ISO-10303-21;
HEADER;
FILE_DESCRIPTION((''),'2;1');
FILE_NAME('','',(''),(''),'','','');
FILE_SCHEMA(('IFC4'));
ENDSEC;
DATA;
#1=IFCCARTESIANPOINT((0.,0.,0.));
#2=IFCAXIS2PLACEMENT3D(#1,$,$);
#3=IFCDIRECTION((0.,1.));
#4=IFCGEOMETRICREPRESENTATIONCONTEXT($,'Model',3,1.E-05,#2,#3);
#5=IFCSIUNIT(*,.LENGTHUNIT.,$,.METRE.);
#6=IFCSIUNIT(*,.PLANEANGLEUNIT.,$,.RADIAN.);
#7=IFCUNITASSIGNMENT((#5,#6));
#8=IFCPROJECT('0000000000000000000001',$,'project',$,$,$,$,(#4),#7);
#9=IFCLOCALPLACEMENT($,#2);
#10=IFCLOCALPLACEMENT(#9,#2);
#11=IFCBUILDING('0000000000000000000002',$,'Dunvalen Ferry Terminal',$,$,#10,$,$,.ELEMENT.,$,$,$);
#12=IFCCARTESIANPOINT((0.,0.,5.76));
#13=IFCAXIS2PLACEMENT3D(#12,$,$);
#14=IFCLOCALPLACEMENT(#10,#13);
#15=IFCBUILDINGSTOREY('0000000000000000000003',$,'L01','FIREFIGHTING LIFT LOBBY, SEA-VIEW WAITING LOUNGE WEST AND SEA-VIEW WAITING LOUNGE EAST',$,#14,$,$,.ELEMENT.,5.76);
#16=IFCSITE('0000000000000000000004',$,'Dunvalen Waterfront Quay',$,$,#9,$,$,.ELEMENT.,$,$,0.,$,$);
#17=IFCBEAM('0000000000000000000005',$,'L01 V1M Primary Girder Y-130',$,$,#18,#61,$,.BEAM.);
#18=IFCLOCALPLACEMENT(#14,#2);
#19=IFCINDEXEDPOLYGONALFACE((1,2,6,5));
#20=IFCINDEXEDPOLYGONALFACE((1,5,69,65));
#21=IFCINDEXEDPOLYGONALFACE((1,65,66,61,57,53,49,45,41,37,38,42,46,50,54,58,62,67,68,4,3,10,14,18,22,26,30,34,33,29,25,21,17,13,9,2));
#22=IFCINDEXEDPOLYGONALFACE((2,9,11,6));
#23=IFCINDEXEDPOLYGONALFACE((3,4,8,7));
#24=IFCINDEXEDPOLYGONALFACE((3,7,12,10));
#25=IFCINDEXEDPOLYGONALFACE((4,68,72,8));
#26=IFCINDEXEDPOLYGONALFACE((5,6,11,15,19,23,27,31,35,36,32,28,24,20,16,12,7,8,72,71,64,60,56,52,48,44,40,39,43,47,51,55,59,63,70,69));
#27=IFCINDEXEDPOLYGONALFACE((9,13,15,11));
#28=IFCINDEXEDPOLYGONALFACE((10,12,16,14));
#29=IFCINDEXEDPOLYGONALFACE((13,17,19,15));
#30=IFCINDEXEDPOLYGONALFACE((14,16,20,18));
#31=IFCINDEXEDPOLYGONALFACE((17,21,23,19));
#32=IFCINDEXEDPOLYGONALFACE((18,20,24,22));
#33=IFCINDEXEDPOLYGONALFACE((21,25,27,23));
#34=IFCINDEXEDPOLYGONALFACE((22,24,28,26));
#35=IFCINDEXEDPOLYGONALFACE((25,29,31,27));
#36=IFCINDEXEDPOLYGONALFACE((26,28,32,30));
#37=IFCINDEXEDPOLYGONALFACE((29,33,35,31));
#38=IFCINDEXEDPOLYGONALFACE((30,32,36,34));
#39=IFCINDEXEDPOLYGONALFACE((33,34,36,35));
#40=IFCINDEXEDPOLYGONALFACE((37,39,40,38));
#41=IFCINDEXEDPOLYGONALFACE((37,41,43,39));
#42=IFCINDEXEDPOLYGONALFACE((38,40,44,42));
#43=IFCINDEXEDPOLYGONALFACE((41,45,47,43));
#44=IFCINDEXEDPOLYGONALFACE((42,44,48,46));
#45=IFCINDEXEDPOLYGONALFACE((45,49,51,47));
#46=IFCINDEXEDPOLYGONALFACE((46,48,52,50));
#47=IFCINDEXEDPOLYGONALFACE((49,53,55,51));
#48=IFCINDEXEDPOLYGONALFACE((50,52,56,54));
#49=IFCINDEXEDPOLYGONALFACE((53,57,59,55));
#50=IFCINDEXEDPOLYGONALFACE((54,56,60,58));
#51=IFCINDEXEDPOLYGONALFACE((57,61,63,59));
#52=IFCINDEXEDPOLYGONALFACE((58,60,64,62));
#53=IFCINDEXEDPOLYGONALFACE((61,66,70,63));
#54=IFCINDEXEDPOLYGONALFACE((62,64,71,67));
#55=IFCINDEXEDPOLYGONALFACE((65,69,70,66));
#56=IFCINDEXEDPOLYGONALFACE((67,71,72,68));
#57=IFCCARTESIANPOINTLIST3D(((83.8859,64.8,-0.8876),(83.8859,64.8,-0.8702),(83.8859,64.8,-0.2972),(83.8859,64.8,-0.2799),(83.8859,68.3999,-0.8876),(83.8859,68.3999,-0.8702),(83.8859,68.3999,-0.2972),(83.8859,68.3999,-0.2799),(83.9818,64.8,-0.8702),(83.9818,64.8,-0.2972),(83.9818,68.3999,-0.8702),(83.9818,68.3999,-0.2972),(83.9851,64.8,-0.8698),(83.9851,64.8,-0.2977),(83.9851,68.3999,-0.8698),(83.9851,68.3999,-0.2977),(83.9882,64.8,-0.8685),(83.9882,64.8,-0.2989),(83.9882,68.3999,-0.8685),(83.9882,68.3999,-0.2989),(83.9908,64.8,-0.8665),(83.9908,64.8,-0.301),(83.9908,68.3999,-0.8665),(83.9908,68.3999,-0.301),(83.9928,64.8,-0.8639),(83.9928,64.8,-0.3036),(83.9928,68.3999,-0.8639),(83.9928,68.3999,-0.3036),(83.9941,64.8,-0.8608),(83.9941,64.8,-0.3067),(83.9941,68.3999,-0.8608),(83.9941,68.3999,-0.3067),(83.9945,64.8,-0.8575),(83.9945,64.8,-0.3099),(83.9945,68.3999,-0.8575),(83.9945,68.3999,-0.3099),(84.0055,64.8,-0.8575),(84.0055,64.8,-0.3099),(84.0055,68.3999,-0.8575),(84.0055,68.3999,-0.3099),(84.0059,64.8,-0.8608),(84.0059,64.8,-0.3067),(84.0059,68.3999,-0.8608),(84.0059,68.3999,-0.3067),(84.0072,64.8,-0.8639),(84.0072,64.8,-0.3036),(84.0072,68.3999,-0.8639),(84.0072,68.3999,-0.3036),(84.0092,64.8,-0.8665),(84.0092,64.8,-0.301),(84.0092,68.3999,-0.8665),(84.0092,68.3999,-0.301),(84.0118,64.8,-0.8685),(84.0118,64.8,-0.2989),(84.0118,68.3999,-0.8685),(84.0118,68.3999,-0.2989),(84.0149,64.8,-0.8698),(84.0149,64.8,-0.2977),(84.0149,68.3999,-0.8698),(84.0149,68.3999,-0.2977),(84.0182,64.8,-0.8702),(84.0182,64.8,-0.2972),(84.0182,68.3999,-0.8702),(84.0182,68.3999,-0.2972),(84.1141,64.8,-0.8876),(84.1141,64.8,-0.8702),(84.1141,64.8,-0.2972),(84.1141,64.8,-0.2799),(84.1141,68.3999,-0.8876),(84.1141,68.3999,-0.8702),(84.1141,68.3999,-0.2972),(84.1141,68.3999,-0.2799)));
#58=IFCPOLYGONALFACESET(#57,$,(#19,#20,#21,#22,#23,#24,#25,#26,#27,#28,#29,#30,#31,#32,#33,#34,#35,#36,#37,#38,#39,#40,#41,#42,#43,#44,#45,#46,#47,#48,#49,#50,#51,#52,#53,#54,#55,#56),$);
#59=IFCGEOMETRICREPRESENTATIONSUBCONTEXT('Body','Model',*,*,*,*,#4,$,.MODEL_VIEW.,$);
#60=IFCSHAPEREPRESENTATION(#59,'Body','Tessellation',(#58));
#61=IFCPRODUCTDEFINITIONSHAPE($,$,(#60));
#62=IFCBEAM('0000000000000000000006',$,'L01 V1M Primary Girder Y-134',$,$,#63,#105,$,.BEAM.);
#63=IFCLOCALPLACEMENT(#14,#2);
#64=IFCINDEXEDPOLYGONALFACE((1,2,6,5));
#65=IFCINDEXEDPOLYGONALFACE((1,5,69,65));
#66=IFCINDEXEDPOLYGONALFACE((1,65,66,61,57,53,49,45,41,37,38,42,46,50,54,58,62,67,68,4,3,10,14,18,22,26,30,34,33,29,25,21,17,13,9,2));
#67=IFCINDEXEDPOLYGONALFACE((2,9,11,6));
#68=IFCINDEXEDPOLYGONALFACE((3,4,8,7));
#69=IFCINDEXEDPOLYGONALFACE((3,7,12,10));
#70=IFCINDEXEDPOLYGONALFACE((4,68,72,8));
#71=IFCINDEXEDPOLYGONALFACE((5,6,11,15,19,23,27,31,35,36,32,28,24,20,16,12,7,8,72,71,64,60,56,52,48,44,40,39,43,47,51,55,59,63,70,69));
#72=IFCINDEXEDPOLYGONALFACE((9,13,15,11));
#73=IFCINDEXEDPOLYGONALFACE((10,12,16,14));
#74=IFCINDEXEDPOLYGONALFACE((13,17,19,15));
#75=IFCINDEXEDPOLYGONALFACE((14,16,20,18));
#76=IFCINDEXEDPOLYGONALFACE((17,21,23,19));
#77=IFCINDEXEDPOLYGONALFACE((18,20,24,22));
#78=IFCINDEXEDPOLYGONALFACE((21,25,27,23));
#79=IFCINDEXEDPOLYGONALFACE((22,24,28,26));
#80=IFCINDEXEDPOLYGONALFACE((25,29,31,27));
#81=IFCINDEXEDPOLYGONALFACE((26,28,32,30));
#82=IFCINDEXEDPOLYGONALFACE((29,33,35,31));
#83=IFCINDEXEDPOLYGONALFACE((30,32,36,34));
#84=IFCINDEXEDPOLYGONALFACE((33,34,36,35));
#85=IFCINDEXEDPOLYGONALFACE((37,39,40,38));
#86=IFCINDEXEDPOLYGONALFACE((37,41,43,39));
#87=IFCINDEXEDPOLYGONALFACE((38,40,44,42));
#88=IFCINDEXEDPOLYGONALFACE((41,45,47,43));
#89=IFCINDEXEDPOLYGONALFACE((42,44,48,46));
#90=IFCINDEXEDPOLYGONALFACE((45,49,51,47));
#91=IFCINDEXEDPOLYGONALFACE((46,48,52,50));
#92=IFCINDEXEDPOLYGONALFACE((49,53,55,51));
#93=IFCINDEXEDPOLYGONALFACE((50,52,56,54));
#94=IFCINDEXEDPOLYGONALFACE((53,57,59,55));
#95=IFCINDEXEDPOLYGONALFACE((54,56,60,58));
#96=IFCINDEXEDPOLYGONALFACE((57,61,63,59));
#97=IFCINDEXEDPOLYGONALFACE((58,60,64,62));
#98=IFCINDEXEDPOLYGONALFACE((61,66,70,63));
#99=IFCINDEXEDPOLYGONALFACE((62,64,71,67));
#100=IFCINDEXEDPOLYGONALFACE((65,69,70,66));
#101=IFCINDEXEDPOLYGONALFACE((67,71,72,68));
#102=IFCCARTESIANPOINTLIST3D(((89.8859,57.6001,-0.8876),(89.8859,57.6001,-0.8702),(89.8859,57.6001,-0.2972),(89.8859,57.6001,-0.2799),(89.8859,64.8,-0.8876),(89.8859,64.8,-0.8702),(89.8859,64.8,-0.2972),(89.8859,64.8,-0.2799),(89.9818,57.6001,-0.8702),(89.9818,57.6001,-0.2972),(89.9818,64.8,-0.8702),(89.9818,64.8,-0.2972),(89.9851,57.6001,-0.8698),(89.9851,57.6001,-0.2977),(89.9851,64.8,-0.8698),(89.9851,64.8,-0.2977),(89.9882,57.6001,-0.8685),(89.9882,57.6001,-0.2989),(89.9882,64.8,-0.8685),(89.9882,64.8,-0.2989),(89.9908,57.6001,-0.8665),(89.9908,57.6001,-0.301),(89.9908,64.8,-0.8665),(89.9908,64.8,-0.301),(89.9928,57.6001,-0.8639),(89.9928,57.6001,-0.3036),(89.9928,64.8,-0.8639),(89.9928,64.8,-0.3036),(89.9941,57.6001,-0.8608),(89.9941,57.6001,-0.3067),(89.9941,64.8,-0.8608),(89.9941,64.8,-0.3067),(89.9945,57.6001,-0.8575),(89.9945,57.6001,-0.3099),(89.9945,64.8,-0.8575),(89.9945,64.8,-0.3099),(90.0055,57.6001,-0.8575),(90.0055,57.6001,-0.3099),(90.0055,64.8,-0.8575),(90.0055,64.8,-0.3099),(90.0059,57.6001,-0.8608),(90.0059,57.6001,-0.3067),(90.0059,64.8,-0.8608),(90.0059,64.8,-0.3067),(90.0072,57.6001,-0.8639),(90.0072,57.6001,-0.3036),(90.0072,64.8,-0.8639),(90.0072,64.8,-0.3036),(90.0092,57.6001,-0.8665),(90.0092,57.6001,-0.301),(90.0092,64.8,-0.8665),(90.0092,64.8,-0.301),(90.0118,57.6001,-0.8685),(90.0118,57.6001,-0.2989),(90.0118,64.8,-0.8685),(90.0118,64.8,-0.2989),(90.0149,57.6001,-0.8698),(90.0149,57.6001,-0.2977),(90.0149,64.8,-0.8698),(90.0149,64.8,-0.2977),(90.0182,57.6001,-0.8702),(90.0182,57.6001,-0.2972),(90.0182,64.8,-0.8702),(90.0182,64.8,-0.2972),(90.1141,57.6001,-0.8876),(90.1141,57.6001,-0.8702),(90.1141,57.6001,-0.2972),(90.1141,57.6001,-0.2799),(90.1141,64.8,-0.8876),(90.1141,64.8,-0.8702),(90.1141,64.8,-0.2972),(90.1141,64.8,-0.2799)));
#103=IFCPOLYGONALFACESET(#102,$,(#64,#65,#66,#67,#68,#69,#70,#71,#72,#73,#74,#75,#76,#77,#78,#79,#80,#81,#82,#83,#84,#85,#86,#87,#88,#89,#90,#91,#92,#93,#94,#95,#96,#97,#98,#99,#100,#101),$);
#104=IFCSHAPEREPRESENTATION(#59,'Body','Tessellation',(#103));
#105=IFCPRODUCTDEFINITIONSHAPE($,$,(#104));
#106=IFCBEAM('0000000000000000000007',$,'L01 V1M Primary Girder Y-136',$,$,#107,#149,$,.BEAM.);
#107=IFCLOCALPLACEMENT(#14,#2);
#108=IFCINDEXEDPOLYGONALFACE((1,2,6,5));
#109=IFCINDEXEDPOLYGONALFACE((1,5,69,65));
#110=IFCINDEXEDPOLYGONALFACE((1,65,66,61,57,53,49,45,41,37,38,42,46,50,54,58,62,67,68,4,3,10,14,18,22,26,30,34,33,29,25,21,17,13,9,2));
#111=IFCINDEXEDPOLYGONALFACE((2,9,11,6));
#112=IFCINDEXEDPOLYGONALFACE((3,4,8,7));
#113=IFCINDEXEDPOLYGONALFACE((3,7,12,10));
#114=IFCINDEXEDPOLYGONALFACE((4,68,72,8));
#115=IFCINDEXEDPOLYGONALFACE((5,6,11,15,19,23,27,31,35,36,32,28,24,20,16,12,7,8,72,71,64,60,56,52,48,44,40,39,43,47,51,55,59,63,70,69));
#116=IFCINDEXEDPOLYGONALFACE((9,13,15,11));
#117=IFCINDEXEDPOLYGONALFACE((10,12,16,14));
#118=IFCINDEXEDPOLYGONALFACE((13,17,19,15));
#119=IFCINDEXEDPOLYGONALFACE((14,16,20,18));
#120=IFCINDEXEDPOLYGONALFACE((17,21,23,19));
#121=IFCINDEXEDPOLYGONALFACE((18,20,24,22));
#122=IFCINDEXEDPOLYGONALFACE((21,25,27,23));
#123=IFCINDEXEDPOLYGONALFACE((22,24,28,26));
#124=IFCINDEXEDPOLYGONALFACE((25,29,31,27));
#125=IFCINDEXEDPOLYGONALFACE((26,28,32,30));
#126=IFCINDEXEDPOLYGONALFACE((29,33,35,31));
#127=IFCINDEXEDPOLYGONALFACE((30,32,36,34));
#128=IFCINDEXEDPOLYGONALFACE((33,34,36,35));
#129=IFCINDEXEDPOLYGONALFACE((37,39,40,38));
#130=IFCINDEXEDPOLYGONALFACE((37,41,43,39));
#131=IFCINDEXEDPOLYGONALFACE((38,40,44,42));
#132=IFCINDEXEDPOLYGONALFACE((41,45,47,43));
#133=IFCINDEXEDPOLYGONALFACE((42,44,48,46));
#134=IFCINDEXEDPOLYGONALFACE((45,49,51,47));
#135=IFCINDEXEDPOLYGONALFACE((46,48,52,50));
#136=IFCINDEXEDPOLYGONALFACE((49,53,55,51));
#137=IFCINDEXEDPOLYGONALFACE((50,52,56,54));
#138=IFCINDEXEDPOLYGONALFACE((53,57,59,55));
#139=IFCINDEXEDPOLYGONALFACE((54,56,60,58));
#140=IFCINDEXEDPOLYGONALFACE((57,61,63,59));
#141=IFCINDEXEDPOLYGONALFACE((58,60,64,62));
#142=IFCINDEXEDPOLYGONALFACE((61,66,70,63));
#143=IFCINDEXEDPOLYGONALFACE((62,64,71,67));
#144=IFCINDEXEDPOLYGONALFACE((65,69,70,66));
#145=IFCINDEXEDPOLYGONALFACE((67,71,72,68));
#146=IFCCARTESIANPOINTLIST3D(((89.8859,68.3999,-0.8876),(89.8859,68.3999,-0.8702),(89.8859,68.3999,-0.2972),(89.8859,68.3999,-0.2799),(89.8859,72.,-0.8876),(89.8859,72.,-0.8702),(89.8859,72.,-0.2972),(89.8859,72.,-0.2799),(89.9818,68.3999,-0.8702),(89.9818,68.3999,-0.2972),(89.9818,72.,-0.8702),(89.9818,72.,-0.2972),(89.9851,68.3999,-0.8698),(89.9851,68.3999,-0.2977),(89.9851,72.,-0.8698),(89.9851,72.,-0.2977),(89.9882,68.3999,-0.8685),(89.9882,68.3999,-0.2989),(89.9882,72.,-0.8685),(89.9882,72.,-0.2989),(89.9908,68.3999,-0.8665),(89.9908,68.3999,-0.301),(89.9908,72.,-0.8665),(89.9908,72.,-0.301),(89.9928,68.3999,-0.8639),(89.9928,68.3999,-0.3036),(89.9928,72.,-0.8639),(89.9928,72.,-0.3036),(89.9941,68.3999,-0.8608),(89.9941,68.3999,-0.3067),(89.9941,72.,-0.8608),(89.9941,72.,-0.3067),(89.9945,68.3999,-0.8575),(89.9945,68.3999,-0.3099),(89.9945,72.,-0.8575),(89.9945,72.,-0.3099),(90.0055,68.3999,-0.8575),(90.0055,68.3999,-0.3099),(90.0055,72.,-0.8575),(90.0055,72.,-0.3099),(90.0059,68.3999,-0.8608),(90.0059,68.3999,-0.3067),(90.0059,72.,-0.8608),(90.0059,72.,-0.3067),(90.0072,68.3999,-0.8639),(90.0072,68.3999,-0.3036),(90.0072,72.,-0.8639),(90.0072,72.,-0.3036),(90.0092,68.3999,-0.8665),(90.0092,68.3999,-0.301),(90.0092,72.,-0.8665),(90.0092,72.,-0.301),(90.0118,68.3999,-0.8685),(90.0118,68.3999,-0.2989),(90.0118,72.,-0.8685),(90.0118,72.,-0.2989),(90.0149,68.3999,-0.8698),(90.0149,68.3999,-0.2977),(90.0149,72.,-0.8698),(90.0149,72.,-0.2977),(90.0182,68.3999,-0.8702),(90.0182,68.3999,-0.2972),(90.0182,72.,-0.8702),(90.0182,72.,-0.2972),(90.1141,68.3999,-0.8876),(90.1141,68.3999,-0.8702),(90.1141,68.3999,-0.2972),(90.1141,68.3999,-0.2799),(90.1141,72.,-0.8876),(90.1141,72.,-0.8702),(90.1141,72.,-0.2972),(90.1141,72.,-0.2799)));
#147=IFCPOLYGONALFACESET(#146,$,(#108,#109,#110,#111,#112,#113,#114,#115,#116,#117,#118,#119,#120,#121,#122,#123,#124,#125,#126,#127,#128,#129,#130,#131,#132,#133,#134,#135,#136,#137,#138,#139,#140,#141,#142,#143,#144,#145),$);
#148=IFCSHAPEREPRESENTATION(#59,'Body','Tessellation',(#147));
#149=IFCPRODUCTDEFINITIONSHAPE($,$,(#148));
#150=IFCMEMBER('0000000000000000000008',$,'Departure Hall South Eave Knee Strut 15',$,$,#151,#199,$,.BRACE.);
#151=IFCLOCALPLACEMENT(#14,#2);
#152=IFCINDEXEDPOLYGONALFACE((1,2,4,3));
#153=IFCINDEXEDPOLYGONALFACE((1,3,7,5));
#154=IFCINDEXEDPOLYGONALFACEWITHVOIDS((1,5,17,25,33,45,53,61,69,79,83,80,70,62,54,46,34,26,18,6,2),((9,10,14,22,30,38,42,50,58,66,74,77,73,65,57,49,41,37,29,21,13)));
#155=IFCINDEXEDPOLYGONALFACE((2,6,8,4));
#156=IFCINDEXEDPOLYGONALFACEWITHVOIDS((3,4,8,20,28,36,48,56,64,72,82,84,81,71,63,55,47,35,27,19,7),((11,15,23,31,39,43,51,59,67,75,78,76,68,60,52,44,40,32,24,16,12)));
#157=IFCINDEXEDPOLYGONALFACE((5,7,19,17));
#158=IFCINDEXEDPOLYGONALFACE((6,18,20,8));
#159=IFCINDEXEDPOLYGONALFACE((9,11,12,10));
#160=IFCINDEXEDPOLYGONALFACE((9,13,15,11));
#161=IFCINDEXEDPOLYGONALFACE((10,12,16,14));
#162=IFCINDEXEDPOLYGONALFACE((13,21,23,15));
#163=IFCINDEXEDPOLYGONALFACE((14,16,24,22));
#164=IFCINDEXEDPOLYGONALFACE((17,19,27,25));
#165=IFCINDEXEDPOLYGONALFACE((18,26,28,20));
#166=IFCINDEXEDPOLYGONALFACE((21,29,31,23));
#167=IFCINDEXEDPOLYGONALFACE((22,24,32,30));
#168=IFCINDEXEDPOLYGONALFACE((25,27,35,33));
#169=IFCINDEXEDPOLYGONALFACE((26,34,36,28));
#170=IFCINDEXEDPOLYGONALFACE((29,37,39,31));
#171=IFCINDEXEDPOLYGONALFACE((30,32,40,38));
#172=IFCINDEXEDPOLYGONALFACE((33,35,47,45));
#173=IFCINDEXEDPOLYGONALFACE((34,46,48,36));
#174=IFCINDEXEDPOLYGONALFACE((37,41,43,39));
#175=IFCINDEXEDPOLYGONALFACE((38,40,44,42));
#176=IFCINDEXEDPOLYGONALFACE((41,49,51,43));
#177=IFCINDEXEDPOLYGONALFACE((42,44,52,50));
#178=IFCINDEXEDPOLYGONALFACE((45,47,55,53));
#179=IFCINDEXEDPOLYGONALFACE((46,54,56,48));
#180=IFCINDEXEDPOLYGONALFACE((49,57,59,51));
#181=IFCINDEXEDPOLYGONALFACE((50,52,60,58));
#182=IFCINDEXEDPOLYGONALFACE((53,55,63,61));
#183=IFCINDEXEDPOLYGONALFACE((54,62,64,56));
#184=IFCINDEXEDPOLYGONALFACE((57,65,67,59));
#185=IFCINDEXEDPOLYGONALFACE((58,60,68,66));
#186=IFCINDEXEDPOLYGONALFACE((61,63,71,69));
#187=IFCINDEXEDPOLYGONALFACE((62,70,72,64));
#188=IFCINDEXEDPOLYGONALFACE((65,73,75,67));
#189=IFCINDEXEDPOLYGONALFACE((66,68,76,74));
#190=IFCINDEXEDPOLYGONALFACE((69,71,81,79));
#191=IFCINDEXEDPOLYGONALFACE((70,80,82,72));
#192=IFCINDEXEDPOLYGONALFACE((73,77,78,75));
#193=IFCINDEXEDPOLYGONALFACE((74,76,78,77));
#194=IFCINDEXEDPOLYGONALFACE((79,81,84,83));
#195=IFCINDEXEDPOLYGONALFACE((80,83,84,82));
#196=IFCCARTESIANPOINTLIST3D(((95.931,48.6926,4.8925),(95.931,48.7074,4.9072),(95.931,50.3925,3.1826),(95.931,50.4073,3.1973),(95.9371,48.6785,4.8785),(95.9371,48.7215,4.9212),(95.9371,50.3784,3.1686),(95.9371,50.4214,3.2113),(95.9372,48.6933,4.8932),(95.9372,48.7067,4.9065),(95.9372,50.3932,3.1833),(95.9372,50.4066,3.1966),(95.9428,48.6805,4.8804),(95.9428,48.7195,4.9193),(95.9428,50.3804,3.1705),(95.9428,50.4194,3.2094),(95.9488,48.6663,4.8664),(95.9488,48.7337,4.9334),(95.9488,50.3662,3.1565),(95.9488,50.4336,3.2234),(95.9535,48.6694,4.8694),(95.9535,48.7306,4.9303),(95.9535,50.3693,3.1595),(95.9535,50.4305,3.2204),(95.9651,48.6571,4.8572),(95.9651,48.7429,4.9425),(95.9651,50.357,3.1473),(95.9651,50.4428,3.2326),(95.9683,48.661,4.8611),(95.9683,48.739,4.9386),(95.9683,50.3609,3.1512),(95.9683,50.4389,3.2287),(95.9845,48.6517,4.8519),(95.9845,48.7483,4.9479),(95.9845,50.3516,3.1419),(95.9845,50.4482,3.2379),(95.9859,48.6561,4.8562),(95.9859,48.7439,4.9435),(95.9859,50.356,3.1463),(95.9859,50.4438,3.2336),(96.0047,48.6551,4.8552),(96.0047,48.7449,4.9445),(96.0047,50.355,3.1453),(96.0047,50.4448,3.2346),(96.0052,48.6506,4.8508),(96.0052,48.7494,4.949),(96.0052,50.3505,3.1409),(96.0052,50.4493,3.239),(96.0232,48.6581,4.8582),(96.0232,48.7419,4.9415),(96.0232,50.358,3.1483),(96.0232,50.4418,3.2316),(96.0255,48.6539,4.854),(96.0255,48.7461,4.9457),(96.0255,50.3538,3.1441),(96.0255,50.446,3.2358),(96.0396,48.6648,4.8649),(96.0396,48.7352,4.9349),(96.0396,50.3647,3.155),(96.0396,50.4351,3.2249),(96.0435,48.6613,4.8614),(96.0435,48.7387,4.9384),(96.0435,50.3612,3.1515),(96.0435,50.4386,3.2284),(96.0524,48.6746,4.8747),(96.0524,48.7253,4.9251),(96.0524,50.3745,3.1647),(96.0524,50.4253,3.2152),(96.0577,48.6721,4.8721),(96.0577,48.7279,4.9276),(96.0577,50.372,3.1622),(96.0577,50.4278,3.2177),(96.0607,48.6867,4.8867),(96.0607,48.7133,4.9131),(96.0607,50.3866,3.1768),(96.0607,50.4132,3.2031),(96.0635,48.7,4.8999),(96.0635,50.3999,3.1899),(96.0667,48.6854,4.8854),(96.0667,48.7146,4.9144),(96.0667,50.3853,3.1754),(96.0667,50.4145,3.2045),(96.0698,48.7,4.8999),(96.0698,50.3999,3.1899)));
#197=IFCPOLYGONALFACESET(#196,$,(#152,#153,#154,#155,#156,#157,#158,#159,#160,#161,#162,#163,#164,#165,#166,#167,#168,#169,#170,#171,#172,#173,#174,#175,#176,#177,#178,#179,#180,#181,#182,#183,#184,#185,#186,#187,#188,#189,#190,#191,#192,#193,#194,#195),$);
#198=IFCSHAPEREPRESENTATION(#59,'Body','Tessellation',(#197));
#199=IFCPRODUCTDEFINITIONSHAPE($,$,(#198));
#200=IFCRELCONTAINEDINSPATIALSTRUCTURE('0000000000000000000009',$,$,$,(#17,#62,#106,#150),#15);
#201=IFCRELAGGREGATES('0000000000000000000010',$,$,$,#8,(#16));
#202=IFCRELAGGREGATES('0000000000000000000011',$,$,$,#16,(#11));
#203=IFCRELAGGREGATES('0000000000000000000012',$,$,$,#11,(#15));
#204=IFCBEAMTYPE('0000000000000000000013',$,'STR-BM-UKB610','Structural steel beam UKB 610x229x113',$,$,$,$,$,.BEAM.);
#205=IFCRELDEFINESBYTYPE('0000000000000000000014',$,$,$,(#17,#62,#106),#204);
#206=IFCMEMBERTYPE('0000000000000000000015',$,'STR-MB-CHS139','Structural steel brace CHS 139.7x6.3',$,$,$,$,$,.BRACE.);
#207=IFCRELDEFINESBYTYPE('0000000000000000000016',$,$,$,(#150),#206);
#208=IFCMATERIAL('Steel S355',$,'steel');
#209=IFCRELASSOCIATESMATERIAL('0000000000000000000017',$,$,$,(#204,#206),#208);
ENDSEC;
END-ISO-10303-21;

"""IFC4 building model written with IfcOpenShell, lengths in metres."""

from ifc_helpers import new_model, si_unit, direction, frame, origin, origin_2d, place, context, subcontext, project, spatial, hollow_circle, i_section, extrude, material, material_profile, profile_set, type_object, element, save


model = new_model("IFC4")

# Units and contexts
model_context = context("Model", 3, precision=1e-05, world=origin(), true_north=direction((0.0, 1.0)))
body_context = subcontext(model_context, "Body", "Model", "MODEL_VIEW")
ifc_project = project(units=[si_unit("LENGTHUNIT", "METRE"), si_unit("PLANEANGLEUNIT", "RADIAN")], contexts=[model_context])

# Site, building, storey
site_placement = place(None, origin())
site = spatial("IfcSite", under=ifc_project, at=site_placement, Name="Dunvalen Waterfront Quay", CompositionType="ELEMENT", RefElevation=0.0)
building_placement = place(site_placement, origin())
building = spatial("IfcBuilding", under=site, at=building_placement, Name="Dunvalen Ferry Terminal", CompositionType="ELEMENT")
storey_placement = place(building_placement, frame((0.0, 0.0, 5.76)))
storey = spatial("IfcBuildingStorey", under=building, at=storey_placement, Name="L01", Description="FIREFIGHTING LIFT LOBBY, SEA-VIEW WAITING LOUNGE WEST AND SEA-VIEW WAITING LOUNGE EAST", CompositionType="ELEMENT", Elevation=5.76)

# Beams
ifc_material_1 = material(Name="Steel S355", Category="steel")
ifc_material_profile_1 = material_profile(ifc_material_1, i_section(OverallWidth=0.2283, OverallDepth=0.6077, WebThickness=0.011, FlangeThickness=0.0173, FilletRadius=0.0127, at=origin_2d()), Name="Steel S355")
ifc_profile_set_1 = profile_set([ifc_material_profile_1], Name="Steel S355")
beam_type_1 = type_object("IfcBeamType", Name="STR-BM-UKB610", Description="Structural steel beam UKB 610x229x113", PredefinedType="BEAM", material=ifc_profile_set_1)
beam_1_placement = place(storey_placement, frame((84.0, 64.8, -0.5837), z_axis=(0.0, 1.0, 0.0), x_axis=(-1.0, 0.0, 0.0)))
element("IfcBeam", 1, at=beam_1_placement, inside=storey, type_object=beam_type_1, Name="L01 V1M Primary Girder Y-130", PredefinedType="BEAM", context=body_context, shape_type="SweptSolid", body=[
    extrude(i_section(OverallWidth=0.2283, OverallDepth=0.6077, WebThickness=0.011, FlangeThickness=0.0173, FilletRadius=0.0127, at=origin_2d()), origin(), (0.0, 0.0, 1.0), 3.5999),
])
beam_2_placement = place(storey_placement, frame((90.0, 57.6001, -0.5837), z_axis=(0.0, 1.0, 0.0), x_axis=(-1.0, 0.0, 0.0)))
element("IfcBeam", 2, at=beam_2_placement, inside=storey, type_object=beam_type_1, Name="L01 V1M Primary Girder Y-134", PredefinedType="BEAM", context=body_context, shape_type="SweptSolid", body=[
    extrude(i_section(OverallWidth=0.2283, OverallDepth=0.6077, WebThickness=0.011, FlangeThickness=0.0173, FilletRadius=0.0127, at=origin_2d()), origin(), (0.0, 0.0, 1.0), 7.2),
])
beam_3_placement = place(storey_placement, frame((90.0, 68.3999, -0.5837), z_axis=(0.0, 1.0, 0.0), x_axis=(-1.0, 0.0, 0.0)))
element("IfcBeam", 3, at=beam_3_placement, inside=storey, type_object=beam_type_1, Name="L01 V1M Primary Girder Y-136", PredefinedType="BEAM", context=body_context, shape_type="SweptSolid", body=[
    extrude(i_section(OverallWidth=0.2283, OverallDepth=0.6077, WebThickness=0.011, FlangeThickness=0.0173, FilletRadius=0.0127, at=origin_2d()), origin(), (0.0, 0.0, 1.0), 3.6001),
])

# Member
ifc_material_profile_2 = material_profile(ifc_material_1, hollow_circle(Radius=0.0698, WallThickness=0.0063, at=origin_2d()), Name="Steel S355")
ifc_profile_set_2 = profile_set([ifc_material_profile_2], Name="Steel S355")
member_type_1 = type_object("IfcMemberType", Name="STR-MB-CHS139", Description="Structural steel brace CHS 139.7x6.3", PredefinedType="BRACE", material=ifc_profile_set_2)
member_1_placement = place(storey_placement, frame((96.0, 50.3999, 3.1899), z_axis=(0.0, -0.705028, 0.709179), x_axis=(1.0, 0.0, 0.0)))
element("IfcMember", 4, at=member_1_placement, inside=storey, type_object=member_type_1, Name="Departure Hall South Eave Knee Strut 15", PredefinedType="BRACE", context=body_context, shape_type="SweptSolid", body=[
    extrude(hollow_circle(Radius=0.0698, WallThickness=0.0063, at=origin_2d()), origin(), (0.0, 0.0, 1.0), 2.4111),
])

save(model, "model.ifc")
